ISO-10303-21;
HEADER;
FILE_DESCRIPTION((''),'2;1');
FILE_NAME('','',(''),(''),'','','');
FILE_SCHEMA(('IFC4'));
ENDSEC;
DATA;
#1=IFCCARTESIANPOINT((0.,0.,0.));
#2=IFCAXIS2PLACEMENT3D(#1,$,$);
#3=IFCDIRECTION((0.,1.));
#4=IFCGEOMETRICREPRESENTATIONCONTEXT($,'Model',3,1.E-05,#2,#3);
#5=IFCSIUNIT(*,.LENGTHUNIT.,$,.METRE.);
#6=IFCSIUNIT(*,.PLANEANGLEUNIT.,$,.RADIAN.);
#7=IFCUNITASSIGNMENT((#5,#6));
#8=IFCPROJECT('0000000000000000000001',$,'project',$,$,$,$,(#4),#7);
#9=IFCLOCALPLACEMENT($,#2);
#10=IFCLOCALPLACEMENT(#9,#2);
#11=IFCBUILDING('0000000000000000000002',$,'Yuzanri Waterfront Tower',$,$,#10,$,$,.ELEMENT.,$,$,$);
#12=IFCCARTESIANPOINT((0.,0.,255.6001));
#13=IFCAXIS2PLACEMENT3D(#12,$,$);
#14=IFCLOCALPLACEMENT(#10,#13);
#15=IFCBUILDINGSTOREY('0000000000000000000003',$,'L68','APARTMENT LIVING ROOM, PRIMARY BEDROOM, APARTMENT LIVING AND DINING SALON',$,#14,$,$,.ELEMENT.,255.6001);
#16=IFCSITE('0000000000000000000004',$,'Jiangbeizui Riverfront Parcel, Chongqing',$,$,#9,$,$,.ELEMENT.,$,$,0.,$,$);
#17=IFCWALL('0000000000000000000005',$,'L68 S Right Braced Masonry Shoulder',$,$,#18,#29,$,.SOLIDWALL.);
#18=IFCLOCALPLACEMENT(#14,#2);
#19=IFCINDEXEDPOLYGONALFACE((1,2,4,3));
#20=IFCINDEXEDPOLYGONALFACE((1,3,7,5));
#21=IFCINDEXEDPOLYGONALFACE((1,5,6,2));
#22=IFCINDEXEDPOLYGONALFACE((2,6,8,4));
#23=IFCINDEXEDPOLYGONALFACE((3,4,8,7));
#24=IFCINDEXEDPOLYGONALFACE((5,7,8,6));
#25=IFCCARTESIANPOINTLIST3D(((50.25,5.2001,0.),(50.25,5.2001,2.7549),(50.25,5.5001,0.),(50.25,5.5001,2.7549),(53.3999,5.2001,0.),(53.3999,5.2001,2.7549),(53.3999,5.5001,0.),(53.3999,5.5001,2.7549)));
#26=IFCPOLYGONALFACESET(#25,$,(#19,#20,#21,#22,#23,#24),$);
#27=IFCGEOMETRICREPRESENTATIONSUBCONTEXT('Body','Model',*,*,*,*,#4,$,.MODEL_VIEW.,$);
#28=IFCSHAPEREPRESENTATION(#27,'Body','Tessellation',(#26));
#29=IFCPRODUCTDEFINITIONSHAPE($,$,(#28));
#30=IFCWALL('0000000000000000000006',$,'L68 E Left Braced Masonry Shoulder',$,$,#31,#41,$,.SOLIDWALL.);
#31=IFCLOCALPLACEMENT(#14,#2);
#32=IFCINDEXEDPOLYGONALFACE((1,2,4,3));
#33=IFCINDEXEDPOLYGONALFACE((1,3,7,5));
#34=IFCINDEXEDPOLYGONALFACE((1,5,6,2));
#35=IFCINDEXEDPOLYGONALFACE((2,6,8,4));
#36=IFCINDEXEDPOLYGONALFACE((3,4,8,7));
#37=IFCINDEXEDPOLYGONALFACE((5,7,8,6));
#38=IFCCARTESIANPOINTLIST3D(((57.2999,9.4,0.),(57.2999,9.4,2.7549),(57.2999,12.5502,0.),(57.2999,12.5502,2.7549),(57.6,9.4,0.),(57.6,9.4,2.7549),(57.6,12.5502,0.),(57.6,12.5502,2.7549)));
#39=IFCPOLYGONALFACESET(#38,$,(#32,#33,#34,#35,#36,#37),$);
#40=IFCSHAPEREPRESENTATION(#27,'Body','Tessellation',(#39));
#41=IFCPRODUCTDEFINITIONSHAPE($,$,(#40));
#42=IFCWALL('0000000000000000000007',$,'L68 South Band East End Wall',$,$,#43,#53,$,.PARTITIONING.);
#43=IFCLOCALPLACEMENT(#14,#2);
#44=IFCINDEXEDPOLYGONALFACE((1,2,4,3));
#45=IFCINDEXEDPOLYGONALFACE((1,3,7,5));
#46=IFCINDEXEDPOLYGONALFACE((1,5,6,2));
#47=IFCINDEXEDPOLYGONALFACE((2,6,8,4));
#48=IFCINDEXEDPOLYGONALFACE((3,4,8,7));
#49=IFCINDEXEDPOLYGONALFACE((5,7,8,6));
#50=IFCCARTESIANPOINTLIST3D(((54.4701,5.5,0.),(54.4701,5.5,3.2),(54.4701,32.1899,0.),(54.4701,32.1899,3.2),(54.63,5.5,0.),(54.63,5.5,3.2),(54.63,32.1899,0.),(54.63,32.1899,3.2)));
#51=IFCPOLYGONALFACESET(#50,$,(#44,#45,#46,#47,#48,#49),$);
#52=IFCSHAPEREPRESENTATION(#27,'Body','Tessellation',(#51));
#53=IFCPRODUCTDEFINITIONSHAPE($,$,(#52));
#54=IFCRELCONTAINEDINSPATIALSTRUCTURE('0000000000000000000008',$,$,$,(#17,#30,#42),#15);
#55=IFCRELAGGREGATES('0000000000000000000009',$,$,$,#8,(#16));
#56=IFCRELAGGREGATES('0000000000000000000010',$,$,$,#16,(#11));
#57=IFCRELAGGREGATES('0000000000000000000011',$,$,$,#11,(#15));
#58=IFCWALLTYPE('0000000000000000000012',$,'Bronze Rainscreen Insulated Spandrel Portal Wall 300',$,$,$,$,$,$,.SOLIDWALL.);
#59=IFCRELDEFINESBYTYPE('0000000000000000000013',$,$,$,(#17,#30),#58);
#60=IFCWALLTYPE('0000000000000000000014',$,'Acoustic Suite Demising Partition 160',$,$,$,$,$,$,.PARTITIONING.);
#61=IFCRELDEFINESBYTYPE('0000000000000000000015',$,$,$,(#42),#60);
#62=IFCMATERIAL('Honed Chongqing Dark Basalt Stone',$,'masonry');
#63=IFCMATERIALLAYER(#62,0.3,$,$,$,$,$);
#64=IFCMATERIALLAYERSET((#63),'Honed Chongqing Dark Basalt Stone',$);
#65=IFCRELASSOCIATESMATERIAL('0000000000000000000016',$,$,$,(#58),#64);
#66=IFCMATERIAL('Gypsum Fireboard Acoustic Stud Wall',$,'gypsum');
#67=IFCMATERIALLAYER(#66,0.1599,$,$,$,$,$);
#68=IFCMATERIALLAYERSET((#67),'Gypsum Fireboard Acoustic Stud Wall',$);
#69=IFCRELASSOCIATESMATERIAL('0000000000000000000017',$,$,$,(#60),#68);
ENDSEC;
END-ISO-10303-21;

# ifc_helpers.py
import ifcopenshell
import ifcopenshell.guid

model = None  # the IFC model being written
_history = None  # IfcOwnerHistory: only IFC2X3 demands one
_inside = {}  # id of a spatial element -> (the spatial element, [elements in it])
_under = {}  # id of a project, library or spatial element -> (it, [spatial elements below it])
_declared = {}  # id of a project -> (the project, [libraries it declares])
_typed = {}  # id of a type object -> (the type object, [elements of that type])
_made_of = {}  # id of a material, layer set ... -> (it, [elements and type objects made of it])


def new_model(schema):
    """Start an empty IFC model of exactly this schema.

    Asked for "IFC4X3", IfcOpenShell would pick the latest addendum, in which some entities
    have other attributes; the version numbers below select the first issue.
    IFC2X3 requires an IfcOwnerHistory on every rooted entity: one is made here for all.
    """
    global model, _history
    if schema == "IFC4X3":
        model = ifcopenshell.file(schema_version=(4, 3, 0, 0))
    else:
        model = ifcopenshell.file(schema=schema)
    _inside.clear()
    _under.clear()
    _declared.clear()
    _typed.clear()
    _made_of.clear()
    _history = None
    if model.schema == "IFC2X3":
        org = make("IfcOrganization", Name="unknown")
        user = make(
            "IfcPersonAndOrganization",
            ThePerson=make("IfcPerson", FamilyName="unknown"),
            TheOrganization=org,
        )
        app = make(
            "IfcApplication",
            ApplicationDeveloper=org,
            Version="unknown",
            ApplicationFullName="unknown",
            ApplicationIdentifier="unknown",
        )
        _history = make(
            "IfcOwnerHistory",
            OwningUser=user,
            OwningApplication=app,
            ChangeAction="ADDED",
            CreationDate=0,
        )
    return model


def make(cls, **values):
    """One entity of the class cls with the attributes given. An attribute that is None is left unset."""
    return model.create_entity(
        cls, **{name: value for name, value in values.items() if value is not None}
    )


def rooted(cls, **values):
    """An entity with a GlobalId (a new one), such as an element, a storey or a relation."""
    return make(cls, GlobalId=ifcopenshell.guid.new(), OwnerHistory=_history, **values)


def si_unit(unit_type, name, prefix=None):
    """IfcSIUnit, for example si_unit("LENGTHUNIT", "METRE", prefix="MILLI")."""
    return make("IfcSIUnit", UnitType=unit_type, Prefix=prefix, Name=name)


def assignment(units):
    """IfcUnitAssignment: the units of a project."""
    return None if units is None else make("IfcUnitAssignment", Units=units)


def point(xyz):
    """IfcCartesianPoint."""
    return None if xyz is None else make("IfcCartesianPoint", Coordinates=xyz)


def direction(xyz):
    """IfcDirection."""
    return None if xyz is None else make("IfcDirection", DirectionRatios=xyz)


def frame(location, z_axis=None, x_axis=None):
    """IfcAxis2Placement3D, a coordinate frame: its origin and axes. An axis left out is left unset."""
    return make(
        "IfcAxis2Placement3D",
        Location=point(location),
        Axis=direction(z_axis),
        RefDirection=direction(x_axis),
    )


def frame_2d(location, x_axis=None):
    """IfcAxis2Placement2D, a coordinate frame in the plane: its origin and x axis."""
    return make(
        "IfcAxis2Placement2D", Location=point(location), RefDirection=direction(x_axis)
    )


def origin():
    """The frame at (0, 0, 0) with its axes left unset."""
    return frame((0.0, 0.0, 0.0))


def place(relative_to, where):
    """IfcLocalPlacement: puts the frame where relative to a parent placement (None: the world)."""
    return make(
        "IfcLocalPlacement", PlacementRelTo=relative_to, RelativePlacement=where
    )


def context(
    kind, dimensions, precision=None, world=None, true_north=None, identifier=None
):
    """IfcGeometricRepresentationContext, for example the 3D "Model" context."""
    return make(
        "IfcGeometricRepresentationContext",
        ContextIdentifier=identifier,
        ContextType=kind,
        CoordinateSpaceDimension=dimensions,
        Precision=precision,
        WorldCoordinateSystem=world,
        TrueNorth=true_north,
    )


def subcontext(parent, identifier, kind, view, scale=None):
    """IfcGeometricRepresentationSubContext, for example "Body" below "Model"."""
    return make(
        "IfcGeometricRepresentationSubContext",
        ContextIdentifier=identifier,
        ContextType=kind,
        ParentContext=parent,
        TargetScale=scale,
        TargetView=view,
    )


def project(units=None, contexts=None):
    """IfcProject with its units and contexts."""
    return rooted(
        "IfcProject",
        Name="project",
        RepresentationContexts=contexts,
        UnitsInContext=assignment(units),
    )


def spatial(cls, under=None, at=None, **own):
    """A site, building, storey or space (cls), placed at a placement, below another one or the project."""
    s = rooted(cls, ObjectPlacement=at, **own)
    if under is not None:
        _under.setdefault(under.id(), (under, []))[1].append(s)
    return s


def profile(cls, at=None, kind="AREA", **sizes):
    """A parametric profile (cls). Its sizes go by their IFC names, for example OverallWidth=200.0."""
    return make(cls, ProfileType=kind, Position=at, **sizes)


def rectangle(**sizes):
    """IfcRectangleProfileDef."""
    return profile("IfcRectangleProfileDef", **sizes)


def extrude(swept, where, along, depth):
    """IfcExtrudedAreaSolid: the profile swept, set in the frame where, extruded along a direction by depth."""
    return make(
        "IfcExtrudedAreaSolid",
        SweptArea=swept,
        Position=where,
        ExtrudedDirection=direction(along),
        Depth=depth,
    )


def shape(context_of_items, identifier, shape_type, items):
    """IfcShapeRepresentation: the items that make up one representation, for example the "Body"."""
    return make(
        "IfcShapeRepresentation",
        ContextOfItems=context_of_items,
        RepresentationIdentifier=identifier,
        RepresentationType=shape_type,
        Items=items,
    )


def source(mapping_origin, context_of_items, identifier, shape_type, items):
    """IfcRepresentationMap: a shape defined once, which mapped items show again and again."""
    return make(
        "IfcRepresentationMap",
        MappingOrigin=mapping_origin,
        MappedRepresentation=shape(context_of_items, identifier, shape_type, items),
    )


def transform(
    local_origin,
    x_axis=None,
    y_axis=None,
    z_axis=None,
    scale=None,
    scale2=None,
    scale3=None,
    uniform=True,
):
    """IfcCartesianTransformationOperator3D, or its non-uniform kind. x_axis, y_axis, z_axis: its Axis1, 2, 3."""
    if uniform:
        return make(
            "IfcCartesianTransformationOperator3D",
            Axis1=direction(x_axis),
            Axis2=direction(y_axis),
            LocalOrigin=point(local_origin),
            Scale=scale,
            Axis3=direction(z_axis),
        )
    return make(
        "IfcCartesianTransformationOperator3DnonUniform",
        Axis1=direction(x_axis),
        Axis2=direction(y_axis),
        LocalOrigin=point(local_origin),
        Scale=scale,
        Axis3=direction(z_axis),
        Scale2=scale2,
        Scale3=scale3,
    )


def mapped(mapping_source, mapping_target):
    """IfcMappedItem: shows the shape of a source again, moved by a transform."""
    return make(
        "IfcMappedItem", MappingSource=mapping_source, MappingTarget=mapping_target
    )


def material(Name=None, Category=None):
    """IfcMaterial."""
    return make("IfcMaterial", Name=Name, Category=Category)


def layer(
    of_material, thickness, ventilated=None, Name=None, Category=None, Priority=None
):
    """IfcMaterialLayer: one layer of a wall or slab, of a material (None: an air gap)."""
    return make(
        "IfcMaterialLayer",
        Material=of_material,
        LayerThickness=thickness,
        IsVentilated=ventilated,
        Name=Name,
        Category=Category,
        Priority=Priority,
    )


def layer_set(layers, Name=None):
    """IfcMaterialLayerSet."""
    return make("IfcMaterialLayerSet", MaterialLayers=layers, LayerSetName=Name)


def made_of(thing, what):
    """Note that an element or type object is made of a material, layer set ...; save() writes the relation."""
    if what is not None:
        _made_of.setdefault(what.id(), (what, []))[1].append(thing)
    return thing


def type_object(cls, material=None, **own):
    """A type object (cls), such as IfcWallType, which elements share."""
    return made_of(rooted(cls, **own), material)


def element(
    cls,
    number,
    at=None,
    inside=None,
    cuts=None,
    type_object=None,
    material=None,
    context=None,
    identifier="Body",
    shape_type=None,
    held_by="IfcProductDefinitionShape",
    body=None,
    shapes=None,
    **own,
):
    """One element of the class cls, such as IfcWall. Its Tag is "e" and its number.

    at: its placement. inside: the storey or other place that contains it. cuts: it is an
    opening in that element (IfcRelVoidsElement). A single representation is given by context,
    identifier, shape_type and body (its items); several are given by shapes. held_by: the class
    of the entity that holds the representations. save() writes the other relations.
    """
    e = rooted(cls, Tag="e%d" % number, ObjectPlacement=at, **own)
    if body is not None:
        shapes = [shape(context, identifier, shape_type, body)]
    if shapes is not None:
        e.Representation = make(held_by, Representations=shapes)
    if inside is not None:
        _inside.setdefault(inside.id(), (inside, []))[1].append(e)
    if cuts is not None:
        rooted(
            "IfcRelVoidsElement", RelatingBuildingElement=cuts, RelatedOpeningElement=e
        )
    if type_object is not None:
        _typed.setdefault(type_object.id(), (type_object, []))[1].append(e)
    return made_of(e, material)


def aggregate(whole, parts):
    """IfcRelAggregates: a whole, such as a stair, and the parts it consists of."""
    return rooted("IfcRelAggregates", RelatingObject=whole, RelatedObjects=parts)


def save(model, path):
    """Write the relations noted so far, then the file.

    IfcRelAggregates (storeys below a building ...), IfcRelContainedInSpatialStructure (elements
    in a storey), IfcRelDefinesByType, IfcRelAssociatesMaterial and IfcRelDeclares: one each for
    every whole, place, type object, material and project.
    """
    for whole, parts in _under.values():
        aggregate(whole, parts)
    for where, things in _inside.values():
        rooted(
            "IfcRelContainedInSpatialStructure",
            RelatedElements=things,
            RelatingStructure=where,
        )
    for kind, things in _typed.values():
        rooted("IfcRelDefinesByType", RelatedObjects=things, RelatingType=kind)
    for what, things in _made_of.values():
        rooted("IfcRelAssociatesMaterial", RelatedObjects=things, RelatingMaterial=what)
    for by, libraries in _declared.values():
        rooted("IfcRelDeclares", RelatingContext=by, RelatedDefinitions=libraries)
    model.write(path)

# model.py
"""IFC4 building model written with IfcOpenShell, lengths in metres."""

from ifc_helpers import new_model, si_unit, direction, frame, frame_2d, origin, place, context, subcontext, project, spatial, rectangle, extrude, source, transform, mapped, material, layer, layer_set, type_object, element, save


model = new_model("IFC4")

# Units and contexts
model_context = context("Model", 3, precision=1e-05, world=origin(), true_north=direction((0.0, 1.0)))
body_context = subcontext(model_context, "Body", "Model", "MODEL_VIEW")
ifc_project = project(units=[si_unit("LENGTHUNIT", "METRE"), si_unit("PLANEANGLEUNIT", "RADIAN")], contexts=[model_context])

# Site, building, storey
site_placement = place(None, origin())
site = spatial("IfcSite", under=ifc_project, at=site_placement, Name="Jiangbeizui Riverfront Parcel, Chongqing", CompositionType="ELEMENT", RefElevation=0.0)
building_placement = place(site_placement, origin())
building = spatial("IfcBuilding", under=site, at=building_placement, Name="Yuzanri Waterfront Tower", CompositionType="ELEMENT")
storey_placement = place(building_placement, frame((0.0, 0.0, 255.6001)))
storey = spatial("IfcBuildingStorey", under=building, at=storey_placement, Name="L68", Description="APARTMENT LIVING ROOM, PRIMARY BEDROOM, APARTMENT LIVING AND DINING SALON", CompositionType="ELEMENT", Elevation=255.6001)

# Shared definitions
ifc_material_1 = material(Name="Honed Chongqing Dark Basalt Stone", Category="masonry")
ifc_layer_1 = layer(ifc_material_1, 0.3)
ifc_layer_set_1 = layer_set([ifc_layer_1], Name="Honed Chongqing Dark Basalt Stone")
wall_type_1 = type_object("IfcWallType", Name="Bronze Rainscreen Insulated Spandrel Portal Wall 300", PredefinedType="SOLIDWALL", material=ifc_layer_set_1)

# Walls
shared_shape_1 = source(origin(), body_context, "Body", "SweptSolid", [
    extrude(rectangle(XDim=3.1499, YDim=0.3, at=frame_2d((1.575, 0.0))), origin(), (0.0, 0.0, 1.0), 2.7549),
])
wall_1_placement = place(storey_placement, frame((50.25, 5.3501, 0.0), z_axis=(0.0, 0.0, 1.0), x_axis=(1.0, 0.0, 0.0)))
element("IfcWall", 1, at=wall_1_placement, inside=storey, type_object=wall_type_1, Name="L68 S Right Braced Masonry Shoulder", PredefinedType="SOLIDWALL", context=body_context, shape_type="MappedRepresentation", body=[
    mapped(shared_shape_1, transform((0.0, 0.0, 0.0), scale=1.0)),
])
shared_shape_2 = source(origin(), body_context, "Body", "SweptSolid", [
    extrude(rectangle(XDim=3.1501, YDim=0.3, at=frame_2d((1.5752, 0.0))), origin(), (0.0, 0.0, 1.0), 2.7549),
])
wall_2_placement = place(storey_placement, frame((57.45, 9.3999, 0.0), z_axis=(0.0, 0.0, 1.0), x_axis=(0.0, 1.0, 0.0)))
element("IfcWall", 2, at=wall_2_placement, inside=storey, type_object=wall_type_1, Name="L68 E Left Braced Masonry Shoulder", PredefinedType="SOLIDWALL", context=body_context, shape_type="MappedRepresentation", body=[
    mapped(shared_shape_2, transform((0.0, 0.0, 0.0), scale=1.0)),
])
ifc_material_2 = material(Name="Gypsum Fireboard Acoustic Stud Wall", Category="gypsum")
ifc_layer_2 = layer(ifc_material_2, 0.1599)
ifc_layer_set_2 = layer_set([ifc_layer_2], Name="Gypsum Fireboard Acoustic Stud Wall")
wall_type_2 = type_object("IfcWallType", Name="Acoustic Suite Demising Partition 160", PredefinedType="PARTITIONING", material=ifc_layer_set_2)
shared_shape_3 = source(origin(), body_context, "Body", "SweptSolid", [
    extrude(rectangle(XDim=26.6899, YDim=0.1599, at=frame_2d((13.345, 0.0))), origin(), (0.0, 0.0, 1.0), 3.2),
])
wall_3_placement = place(storey_placement, frame((54.55, 5.5, 0.0), z_axis=(0.0, 0.0, 1.0), x_axis=(0.0, 1.0, 0.0)))
element("IfcWall", 3, at=wall_3_placement, inside=storey, type_object=wall_type_2, Name="L68 South Band East End Wall", PredefinedType="PARTITIONING", context=body_context, shape_type="MappedRepresentation", body=[
    mapped(shared_shape_3, transform((0.0, 0.0, 0.0), scale=1.0)),
])

save(model, "model.ifc")
